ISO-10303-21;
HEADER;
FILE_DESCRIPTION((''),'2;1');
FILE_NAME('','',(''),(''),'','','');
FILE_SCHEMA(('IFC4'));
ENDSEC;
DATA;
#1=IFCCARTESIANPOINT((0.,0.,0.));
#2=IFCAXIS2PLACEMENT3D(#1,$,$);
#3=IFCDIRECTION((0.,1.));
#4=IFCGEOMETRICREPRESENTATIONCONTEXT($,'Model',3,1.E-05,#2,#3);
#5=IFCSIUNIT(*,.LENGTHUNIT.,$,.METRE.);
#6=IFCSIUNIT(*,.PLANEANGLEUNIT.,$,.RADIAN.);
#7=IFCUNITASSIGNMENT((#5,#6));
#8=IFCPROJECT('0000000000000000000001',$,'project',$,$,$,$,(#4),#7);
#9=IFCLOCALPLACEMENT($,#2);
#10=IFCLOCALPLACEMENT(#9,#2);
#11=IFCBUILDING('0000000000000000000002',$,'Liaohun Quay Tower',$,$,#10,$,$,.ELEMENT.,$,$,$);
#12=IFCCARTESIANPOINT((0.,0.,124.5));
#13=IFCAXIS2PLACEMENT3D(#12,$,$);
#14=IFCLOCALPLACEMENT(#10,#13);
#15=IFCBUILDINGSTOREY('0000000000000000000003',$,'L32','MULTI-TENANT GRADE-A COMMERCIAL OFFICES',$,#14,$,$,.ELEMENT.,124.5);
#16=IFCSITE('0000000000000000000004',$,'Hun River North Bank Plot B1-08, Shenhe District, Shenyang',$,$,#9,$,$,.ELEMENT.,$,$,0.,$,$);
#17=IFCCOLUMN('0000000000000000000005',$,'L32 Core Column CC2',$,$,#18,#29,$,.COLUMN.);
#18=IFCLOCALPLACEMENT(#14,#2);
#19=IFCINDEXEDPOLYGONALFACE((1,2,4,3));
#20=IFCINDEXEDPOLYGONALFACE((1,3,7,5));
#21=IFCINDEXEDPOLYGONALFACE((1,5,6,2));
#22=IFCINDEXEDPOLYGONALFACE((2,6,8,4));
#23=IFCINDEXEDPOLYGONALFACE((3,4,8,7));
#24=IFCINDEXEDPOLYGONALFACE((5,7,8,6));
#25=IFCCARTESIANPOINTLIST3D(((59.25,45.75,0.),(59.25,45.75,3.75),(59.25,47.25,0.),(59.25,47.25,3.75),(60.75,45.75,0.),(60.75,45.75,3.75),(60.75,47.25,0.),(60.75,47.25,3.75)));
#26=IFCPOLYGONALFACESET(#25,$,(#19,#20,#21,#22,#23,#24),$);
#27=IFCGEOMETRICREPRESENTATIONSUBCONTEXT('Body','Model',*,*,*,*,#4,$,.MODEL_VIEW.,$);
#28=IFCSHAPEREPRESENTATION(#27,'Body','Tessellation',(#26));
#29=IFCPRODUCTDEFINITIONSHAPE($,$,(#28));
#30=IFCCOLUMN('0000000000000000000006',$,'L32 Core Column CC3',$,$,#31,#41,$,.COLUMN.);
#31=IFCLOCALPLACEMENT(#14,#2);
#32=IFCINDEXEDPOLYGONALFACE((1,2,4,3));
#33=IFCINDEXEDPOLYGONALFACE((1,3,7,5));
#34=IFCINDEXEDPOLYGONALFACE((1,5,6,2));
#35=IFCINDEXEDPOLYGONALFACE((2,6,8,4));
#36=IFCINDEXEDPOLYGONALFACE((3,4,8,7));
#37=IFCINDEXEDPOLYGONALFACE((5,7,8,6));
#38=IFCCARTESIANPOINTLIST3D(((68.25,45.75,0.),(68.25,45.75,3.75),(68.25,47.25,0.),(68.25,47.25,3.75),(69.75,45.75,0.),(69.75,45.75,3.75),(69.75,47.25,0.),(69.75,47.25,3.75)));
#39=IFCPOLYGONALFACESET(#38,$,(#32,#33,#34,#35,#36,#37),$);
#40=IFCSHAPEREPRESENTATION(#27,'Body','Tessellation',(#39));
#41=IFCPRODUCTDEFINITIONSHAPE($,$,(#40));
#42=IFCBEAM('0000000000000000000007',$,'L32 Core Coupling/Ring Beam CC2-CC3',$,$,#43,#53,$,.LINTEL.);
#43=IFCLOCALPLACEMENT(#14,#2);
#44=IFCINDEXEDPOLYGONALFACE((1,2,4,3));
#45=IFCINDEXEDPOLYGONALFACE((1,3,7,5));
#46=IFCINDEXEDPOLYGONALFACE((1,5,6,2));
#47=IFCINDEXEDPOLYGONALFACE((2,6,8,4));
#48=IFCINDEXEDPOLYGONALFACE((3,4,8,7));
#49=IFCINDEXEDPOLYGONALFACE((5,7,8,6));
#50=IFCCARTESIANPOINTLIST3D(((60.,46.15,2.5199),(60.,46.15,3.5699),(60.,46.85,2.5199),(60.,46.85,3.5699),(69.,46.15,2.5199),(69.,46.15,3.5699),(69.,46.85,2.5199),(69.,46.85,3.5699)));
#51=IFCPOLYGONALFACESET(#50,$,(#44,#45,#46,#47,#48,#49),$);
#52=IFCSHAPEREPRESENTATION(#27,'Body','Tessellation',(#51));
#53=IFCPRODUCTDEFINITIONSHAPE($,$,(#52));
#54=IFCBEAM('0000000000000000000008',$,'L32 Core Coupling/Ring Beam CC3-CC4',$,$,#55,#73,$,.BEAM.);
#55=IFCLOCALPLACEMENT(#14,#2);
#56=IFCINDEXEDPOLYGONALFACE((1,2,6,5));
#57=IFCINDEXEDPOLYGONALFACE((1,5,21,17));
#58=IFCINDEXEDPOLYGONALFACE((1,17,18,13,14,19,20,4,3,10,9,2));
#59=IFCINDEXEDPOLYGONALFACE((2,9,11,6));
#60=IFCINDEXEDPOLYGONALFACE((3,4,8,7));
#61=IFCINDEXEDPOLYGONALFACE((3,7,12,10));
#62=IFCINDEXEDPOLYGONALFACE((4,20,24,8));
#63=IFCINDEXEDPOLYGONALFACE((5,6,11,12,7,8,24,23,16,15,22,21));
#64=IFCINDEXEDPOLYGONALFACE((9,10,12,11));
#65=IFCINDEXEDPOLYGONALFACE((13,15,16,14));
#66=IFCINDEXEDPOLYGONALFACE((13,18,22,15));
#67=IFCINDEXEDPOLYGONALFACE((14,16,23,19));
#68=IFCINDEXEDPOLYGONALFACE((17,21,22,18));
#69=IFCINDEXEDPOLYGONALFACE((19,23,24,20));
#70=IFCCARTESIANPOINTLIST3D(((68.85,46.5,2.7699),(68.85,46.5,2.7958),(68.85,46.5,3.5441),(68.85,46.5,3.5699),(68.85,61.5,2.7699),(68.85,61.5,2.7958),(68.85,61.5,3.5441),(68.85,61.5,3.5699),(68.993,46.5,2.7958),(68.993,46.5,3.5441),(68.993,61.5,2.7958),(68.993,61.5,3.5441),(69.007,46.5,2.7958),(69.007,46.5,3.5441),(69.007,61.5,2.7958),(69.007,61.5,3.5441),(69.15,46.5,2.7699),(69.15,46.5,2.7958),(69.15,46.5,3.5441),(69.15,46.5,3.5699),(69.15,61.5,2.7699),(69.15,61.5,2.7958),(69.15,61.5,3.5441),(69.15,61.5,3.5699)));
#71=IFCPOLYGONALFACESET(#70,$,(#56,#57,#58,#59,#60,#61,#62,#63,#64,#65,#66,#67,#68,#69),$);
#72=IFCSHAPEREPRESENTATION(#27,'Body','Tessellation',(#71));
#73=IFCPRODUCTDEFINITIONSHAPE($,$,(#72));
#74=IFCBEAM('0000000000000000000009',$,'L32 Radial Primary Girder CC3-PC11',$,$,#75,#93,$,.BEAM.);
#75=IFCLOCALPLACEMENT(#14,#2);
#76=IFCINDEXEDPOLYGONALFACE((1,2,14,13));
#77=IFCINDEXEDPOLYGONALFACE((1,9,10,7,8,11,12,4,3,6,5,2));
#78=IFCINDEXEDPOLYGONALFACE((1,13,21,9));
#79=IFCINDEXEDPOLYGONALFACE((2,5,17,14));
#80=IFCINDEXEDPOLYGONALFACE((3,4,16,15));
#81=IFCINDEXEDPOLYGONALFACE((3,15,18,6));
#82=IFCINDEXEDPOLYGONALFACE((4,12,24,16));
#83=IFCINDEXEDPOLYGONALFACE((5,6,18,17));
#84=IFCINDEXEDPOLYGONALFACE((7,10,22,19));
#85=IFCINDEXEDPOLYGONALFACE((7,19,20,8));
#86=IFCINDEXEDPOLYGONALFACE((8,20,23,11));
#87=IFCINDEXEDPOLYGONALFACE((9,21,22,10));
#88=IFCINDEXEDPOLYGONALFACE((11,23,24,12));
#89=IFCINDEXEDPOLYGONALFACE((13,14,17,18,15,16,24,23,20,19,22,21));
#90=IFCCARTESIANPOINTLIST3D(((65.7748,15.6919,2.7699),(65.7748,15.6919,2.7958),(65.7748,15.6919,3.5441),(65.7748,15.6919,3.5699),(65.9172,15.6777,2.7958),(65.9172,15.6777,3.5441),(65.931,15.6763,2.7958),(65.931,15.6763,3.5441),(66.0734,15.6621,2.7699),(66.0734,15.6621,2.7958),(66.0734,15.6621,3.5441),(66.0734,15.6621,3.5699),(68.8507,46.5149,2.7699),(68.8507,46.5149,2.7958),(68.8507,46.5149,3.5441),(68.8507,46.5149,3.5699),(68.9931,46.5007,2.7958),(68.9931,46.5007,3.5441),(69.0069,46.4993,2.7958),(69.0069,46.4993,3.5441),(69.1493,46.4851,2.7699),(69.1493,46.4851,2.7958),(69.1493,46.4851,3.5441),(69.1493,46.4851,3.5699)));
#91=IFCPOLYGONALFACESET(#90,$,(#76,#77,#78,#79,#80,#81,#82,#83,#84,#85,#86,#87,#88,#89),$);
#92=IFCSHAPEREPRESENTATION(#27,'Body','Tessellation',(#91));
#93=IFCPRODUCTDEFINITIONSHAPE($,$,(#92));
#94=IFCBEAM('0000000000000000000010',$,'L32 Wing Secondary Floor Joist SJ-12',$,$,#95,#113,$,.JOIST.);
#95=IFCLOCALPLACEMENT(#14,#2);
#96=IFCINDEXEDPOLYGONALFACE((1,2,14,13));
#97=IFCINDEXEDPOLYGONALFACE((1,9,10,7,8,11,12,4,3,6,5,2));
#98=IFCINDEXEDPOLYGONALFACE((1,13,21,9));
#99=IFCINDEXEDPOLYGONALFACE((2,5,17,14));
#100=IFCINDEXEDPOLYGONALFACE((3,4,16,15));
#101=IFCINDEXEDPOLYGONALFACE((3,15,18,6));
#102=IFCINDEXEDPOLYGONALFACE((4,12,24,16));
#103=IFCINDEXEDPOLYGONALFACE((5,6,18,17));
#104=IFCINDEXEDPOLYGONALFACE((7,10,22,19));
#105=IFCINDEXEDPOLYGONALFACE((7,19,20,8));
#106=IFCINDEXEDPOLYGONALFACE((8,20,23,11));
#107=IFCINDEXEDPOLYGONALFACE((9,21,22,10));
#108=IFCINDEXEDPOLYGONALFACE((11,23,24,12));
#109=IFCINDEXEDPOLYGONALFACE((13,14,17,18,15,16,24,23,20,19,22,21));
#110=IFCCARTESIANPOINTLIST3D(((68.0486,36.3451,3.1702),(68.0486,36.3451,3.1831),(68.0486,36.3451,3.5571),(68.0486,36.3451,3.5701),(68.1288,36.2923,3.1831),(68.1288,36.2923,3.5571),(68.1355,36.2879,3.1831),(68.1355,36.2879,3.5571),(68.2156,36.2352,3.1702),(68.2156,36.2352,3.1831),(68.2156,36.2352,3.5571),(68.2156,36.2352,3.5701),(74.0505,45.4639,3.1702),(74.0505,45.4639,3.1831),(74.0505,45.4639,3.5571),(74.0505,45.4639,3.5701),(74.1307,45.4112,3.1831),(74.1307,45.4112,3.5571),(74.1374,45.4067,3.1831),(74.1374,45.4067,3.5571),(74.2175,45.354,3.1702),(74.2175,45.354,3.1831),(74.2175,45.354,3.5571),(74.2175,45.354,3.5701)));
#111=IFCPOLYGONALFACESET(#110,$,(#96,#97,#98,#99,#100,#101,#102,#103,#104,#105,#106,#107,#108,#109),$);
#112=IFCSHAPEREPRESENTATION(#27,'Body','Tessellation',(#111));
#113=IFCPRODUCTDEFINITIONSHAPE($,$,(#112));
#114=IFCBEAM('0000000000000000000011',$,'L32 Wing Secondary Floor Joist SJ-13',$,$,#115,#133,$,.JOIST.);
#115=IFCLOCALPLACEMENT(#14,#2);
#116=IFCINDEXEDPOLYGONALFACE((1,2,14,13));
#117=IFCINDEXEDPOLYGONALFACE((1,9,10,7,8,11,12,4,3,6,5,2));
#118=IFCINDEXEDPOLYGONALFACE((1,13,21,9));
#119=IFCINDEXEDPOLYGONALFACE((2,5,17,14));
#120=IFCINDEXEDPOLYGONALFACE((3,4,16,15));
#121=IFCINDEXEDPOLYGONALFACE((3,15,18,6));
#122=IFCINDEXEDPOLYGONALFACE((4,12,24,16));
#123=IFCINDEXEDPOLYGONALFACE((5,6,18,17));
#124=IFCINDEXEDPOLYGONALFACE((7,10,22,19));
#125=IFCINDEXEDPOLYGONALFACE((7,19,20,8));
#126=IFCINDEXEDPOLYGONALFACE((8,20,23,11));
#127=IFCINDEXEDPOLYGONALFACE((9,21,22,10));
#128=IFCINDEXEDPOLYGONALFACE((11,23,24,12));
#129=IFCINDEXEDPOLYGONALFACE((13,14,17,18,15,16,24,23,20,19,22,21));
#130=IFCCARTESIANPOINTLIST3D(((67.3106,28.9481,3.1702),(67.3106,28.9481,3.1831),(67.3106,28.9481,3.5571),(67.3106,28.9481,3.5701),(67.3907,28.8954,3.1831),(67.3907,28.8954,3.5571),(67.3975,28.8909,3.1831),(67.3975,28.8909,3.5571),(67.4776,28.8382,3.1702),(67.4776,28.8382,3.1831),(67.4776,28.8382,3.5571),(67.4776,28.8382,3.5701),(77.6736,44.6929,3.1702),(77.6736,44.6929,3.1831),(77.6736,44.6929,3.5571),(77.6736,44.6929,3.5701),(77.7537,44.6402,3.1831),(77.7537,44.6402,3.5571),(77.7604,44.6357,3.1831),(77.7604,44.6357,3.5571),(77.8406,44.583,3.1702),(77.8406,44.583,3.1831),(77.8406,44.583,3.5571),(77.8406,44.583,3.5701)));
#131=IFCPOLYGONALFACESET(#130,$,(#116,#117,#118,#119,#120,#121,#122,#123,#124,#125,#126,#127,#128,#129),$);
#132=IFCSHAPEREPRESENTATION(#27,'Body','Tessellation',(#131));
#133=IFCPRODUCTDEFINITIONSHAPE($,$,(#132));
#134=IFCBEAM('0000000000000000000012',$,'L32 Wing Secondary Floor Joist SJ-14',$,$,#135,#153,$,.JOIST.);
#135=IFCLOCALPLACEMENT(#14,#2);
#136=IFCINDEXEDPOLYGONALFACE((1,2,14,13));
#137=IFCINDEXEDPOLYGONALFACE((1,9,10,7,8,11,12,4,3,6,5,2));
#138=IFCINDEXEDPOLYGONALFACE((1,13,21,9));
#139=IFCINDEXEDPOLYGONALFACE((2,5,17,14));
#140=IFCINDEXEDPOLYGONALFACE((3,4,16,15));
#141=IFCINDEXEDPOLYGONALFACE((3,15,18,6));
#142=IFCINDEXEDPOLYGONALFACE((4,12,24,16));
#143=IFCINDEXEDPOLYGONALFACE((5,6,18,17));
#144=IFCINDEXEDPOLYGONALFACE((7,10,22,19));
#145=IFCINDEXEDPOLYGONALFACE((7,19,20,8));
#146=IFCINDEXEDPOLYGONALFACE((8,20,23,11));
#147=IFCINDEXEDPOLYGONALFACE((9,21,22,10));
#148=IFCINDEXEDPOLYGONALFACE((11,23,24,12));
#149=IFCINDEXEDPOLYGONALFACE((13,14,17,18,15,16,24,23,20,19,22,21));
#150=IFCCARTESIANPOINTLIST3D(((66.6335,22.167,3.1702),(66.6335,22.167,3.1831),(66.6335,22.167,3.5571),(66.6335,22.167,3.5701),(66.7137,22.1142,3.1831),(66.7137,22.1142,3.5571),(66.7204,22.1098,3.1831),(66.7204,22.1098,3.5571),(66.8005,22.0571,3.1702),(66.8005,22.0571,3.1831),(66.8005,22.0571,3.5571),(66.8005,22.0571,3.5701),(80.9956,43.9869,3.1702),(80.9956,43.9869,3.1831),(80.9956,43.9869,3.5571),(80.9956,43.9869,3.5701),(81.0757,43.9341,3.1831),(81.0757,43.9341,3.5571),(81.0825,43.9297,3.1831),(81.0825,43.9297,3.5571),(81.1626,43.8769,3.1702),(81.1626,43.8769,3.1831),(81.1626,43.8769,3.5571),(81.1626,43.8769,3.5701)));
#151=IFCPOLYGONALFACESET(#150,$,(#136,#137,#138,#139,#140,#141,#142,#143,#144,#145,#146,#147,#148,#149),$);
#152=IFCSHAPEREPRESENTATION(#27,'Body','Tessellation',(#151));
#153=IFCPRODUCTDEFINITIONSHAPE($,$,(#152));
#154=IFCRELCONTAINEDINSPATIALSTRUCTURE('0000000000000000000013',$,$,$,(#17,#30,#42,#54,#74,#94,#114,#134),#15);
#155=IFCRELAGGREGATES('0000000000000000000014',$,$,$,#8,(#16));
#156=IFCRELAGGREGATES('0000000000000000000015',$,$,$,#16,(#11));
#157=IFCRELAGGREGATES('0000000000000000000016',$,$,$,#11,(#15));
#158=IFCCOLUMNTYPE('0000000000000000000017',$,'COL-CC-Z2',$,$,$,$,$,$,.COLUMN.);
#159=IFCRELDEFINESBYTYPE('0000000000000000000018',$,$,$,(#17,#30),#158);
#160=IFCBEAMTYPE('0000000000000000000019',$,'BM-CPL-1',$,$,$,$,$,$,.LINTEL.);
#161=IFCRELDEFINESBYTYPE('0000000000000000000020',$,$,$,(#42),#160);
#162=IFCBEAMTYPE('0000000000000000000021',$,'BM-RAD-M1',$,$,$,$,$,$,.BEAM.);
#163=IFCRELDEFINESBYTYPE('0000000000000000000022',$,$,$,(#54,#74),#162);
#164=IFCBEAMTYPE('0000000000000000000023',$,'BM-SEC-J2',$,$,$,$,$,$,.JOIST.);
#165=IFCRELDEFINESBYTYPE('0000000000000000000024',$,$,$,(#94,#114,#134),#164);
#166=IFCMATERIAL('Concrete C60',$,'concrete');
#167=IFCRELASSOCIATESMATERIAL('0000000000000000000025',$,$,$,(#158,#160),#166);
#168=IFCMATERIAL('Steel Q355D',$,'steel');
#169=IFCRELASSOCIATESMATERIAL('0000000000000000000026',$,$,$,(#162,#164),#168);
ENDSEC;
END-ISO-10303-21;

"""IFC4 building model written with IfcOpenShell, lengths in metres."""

from ifc_helpers import new_model, si_unit, direction, frame, origin, origin_2d, place, context, subcontext, project, spatial, rectangle, i_section, extrude, source, transform, mapped, material, material_profile, profile_set, type_object, element, save


model = new_model("IFC4")

# Units and contexts
model_context = context("Model", 3, precision=1e-05, world=origin(), true_north=direction((0.0, 1.0)))
body_context = subcontext(model_context, "Body", "Model", "MODEL_VIEW")
ifc_project = project(units=[si_unit("LENGTHUNIT", "METRE"), si_unit("PLANEANGLEUNIT", "RADIAN")], contexts=[model_context])

# Site, building, storey
site_placement = place(None, origin())
site = spatial("IfcSite", under=ifc_project, at=site_placement, Name="Hun River North Bank Plot B1-08, Shenhe District, Shenyang", CompositionType="ELEMENT", RefElevation=0.0)
building_placement = place(site_placement, origin())
building = spatial("IfcBuilding", under=site, at=building_placement, Name="Liaohun Quay Tower", CompositionType="ELEMENT")
storey_placement = place(building_placement, frame((0.0, 0.0, 124.5)))
storey = spatial("IfcBuildingStorey", under=building, at=storey_placement, Name="L32", Description="MULTI-TENANT GRADE-A COMMERCIAL OFFICES", CompositionType="ELEMENT", Elevation=124.5)

# Columns
ifc_material_1 = material(Name="Concrete C60", Category="concrete")
ifc_material_profile_1 = material_profile(ifc_material_1, rectangle(XDim=1.5, YDim=1.5, at=origin_2d()), Name="RC1500x1500")
ifc_profile_set_1 = profile_set([ifc_material_profile_1], Name="Concrete C60")
column_type = type_object("IfcColumnType", Name="COL-CC-Z2", PredefinedType="COLUMN", material=ifc_profile_set_1)
shared_shape_1 = source(origin(), body_context, "Body", "SweptSolid", [
    extrude(rectangle(XDim=1.5, YDim=1.5, at=origin_2d()), origin(), (0.0, 0.0, 1.0), 3.75),
])
for number, where, z_axis, x_axis, name in (
    (1, (60.0, 46.5, 0.0), (0.0, 0.0, 1.0), (1.0, 0.0, 0.0), "L32 Core Column CC2"),
    (2, (69.0, 46.5, 0.0), (0.0, 0.0, 1.0), (1.0, 0.0, 0.0), "L32 Core Column CC3"),
):
    element("IfcColumn", number, at=place(storey_placement, frame(where, z_axis=z_axis, x_axis=x_axis)), inside=storey, type_object=column_type, Name=name, PredefinedType="COLUMN", context=body_context, shape_type="MappedRepresentation", body=[
        mapped(shared_shape_1, transform((0.0, 0.0, 0.0), x_axis=(1.0, 0.0, 0.0), y_axis=(0.0, 1.0, 0.0), z_axis=(0.0, 0.0, 1.0), scale=1.0)),
    ])

# Beams
ifc_material_profile_2 = material_profile(ifc_material_1, rectangle(XDim=0.7, YDim=1.05, at=origin_2d()), Name="RC700x1050")
ifc_profile_set_2 = profile_set([ifc_material_profile_2], Name="Concrete C60")
beam_type_1 = type_object("IfcBeamType", Name="BM-CPL-1", PredefinedType="LINTEL", material=ifc_profile_set_2)
shared_shape_2 = source(origin(), body_context, "Body", "SweptSolid", [
    extrude(rectangle(XDim=0.7, YDim=1.05, at=origin_2d()), origin(), (0.0, 0.0, 1.0), 9.0),
])
beam_1_placement = place(storey_placement, frame((60.0, 46.5, 3.0449), z_axis=(1.0, 0.0, 0.0), x_axis=(0.0, 1.0, 0.0)))
element("IfcBeam", 3, at=beam_1_placement, inside=storey, type_object=beam_type_1, Name="L32 Core Coupling/Ring Beam CC2-CC3", PredefinedType="LINTEL", context=body_context, shape_type="MappedRepresentation", body=[
    mapped(shared_shape_2, transform((0.0, 0.0, 0.0), x_axis=(1.0, 0.0, 0.0), y_axis=(0.0, 1.0, 0.0), z_axis=(0.0, 0.0, 1.0), scale=1.0)),
])
ifc_material_2 = material(Name="Steel Q355D", Category="steel")
ifc_material_profile_3 = material_profile(ifc_material_2, i_section(OverallWidth=0.3, OverallDepth=0.8, WebThickness=0.0139, FlangeThickness=0.0259, at=origin_2d()), Name="HN800x300x14x26")
ifc_profile_set_3 = profile_set([ifc_material_profile_3], Name="Steel Q355D")
beam_type_2 = type_object("IfcBeamType", Name="BM-RAD-M1", PredefinedType="BEAM", material=ifc_profile_set_3)
shared_shape_3 = source(origin(), body_context, "Body", "SweptSolid", [
    extrude(i_section(OverallWidth=0.3, OverallDepth=0.8, WebThickness=0.0139, FlangeThickness=0.0259, at=origin_2d()), origin(), (0.0, 0.0, 1.0), 15.0),
])
beam_2_placement = place(storey_placement, frame((69.0, 46.5, 3.1699), z_axis=(0.0, 1.0, 0.0), x_axis=(-1.0, 0.0, 0.0)))
element("IfcBeam", 4, at=beam_2_placement, inside=storey, type_object=beam_type_2, Name="L32 Core Coupling/Ring Beam CC3-CC4", PredefinedType="BEAM", context=body_context, shape_type="MappedRepresentation", body=[
    mapped(shared_shape_3, transform((0.0, 0.0, 0.0), x_axis=(1.0, 0.0, 0.0), y_axis=(0.0, 1.0, 0.0), z_axis=(0.0, 0.0, 1.0), scale=1.0)),
])
shared_shape_4 = source(origin(), body_context, "Body", "SweptSolid", [
    extrude(i_section(OverallWidth=0.3, OverallDepth=0.8, WebThickness=0.0139, FlangeThickness=0.0259, at=origin_2d()), origin(), (0.0, 0.0, 1.0), 30.9761),
])
beam_3_placement = place(storey_placement, frame((69.0, 46.5, 3.1699), z_axis=(-0.0993, -0.995058, 0.0), x_axis=(0.995058, -0.0993, 0.0)))
element("IfcBeam", 5, at=beam_3_placement, inside=storey, type_object=beam_type_2, Name="L32 Radial Primary Girder CC3-PC11", PredefinedType="BEAM", context=body_context, shape_type="MappedRepresentation", body=[
    mapped(shared_shape_4, transform((0.0, 0.0, 0.0), x_axis=(1.0, 0.0, 0.0), y_axis=(0.0, 1.0, 0.0), z_axis=(0.0, 0.0, 1.0), scale=1.0)),
])
ifc_material_profile_4 = material_profile(ifc_material_2, i_section(OverallWidth=0.2, OverallDepth=0.3999, WebThickness=0.0081, FlangeThickness=0.0129, at=origin_2d()), Name="HN400x200x8x13")
ifc_profile_set_4 = profile_set([ifc_material_profile_4], Name="Steel Q355D")
beam_type_3 = type_object("IfcBeamType", Name="BM-SEC-J2", PredefinedType="JOIST", material=ifc_profile_set_4)
shared_shape_5 = source(origin(), body_context, "Body", "SweptSolid", [
    extrude(i_section(OverallWidth=0.2, OverallDepth=0.3999, WebThickness=0.0081, FlangeThickness=0.0129, at=origin_2d()), origin(), (0.0, 0.0, 1.0), 10.9167),
])
beam_4_placement = place(storey_placement, frame((74.134, 45.4089, 3.3701), z_axis=(-0.549788, -0.835304, 0.0), x_axis=(0.835304, -0.549788, 0.0)))
element("IfcBeam", 6, at=beam_4_placement, inside=storey, type_object=beam_type_3, Name="L32 Wing Secondary Floor Joist SJ-12", PredefinedType="JOIST", context=body_context, shape_type="MappedRepresentation", body=[
    mapped(shared_shape_5, transform((0.0, 0.0, 0.0), x_axis=(1.0, 0.0, 0.0), y_axis=(0.0, 1.0, 0.0), z_axis=(0.0, 0.0, 1.0), scale=1.0)),
])
shared_shape_6 = source(origin(), body_context, "Body", "SweptSolid", [
    extrude(i_section(OverallWidth=0.2, OverallDepth=0.3999, WebThickness=0.0081, FlangeThickness=0.0129, at=origin_2d()), origin(), (0.0, 0.0, 1.0), 18.8491),
])
beam_5_placement = place(storey_placement, frame((77.7571, 44.6379, 3.3701), z_axis=(-0.549786, -0.835306, 0.0), x_axis=(0.835306, -0.549786, 0.0)))
element("IfcBeam", 7, at=beam_5_placement, inside=storey, type_object=beam_type_3, Name="L32 Wing Secondary Floor Joist SJ-13", PredefinedType="JOIST", context=body_context, shape_type="MappedRepresentation", body=[
    mapped(shared_shape_6, transform((0.0, 0.0, 0.0), x_axis=(1.0, 0.0, 0.0), y_axis=(0.0, 1.0, 0.0), z_axis=(0.0, 0.0, 1.0), scale=1.0)),
])
shared_shape_7 = source(origin(), body_context, "Body", "SweptSolid", [
    extrude(i_section(OverallWidth=0.2, OverallDepth=0.3999, WebThickness=0.0081, FlangeThickness=0.0129, at=origin_2d()), origin(), (0.0, 0.0, 1.0), 26.1223),
])
beam_6_placement = place(storey_placement, frame((81.0791, 43.9319, 3.3701), z_axis=(-0.549801, -0.835296, 0.0), x_axis=(0.835296, -0.549801, 0.0)))
element("IfcBeam", 8, at=beam_6_placement, inside=storey, type_object=beam_type_3, Name="L32 Wing Secondary Floor Joist SJ-14", PredefinedType="JOIST", context=body_context, shape_type="MappedRepresentation", body=[
    mapped(shared_shape_7, transform((0.0, 0.0, 0.0), x_axis=(1.0, 0.0, 0.0), y_axis=(0.0, 1.0, 0.0), z_axis=(0.0, 0.0, 1.0), scale=1.0)),
])

save(model, "model.ifc")
